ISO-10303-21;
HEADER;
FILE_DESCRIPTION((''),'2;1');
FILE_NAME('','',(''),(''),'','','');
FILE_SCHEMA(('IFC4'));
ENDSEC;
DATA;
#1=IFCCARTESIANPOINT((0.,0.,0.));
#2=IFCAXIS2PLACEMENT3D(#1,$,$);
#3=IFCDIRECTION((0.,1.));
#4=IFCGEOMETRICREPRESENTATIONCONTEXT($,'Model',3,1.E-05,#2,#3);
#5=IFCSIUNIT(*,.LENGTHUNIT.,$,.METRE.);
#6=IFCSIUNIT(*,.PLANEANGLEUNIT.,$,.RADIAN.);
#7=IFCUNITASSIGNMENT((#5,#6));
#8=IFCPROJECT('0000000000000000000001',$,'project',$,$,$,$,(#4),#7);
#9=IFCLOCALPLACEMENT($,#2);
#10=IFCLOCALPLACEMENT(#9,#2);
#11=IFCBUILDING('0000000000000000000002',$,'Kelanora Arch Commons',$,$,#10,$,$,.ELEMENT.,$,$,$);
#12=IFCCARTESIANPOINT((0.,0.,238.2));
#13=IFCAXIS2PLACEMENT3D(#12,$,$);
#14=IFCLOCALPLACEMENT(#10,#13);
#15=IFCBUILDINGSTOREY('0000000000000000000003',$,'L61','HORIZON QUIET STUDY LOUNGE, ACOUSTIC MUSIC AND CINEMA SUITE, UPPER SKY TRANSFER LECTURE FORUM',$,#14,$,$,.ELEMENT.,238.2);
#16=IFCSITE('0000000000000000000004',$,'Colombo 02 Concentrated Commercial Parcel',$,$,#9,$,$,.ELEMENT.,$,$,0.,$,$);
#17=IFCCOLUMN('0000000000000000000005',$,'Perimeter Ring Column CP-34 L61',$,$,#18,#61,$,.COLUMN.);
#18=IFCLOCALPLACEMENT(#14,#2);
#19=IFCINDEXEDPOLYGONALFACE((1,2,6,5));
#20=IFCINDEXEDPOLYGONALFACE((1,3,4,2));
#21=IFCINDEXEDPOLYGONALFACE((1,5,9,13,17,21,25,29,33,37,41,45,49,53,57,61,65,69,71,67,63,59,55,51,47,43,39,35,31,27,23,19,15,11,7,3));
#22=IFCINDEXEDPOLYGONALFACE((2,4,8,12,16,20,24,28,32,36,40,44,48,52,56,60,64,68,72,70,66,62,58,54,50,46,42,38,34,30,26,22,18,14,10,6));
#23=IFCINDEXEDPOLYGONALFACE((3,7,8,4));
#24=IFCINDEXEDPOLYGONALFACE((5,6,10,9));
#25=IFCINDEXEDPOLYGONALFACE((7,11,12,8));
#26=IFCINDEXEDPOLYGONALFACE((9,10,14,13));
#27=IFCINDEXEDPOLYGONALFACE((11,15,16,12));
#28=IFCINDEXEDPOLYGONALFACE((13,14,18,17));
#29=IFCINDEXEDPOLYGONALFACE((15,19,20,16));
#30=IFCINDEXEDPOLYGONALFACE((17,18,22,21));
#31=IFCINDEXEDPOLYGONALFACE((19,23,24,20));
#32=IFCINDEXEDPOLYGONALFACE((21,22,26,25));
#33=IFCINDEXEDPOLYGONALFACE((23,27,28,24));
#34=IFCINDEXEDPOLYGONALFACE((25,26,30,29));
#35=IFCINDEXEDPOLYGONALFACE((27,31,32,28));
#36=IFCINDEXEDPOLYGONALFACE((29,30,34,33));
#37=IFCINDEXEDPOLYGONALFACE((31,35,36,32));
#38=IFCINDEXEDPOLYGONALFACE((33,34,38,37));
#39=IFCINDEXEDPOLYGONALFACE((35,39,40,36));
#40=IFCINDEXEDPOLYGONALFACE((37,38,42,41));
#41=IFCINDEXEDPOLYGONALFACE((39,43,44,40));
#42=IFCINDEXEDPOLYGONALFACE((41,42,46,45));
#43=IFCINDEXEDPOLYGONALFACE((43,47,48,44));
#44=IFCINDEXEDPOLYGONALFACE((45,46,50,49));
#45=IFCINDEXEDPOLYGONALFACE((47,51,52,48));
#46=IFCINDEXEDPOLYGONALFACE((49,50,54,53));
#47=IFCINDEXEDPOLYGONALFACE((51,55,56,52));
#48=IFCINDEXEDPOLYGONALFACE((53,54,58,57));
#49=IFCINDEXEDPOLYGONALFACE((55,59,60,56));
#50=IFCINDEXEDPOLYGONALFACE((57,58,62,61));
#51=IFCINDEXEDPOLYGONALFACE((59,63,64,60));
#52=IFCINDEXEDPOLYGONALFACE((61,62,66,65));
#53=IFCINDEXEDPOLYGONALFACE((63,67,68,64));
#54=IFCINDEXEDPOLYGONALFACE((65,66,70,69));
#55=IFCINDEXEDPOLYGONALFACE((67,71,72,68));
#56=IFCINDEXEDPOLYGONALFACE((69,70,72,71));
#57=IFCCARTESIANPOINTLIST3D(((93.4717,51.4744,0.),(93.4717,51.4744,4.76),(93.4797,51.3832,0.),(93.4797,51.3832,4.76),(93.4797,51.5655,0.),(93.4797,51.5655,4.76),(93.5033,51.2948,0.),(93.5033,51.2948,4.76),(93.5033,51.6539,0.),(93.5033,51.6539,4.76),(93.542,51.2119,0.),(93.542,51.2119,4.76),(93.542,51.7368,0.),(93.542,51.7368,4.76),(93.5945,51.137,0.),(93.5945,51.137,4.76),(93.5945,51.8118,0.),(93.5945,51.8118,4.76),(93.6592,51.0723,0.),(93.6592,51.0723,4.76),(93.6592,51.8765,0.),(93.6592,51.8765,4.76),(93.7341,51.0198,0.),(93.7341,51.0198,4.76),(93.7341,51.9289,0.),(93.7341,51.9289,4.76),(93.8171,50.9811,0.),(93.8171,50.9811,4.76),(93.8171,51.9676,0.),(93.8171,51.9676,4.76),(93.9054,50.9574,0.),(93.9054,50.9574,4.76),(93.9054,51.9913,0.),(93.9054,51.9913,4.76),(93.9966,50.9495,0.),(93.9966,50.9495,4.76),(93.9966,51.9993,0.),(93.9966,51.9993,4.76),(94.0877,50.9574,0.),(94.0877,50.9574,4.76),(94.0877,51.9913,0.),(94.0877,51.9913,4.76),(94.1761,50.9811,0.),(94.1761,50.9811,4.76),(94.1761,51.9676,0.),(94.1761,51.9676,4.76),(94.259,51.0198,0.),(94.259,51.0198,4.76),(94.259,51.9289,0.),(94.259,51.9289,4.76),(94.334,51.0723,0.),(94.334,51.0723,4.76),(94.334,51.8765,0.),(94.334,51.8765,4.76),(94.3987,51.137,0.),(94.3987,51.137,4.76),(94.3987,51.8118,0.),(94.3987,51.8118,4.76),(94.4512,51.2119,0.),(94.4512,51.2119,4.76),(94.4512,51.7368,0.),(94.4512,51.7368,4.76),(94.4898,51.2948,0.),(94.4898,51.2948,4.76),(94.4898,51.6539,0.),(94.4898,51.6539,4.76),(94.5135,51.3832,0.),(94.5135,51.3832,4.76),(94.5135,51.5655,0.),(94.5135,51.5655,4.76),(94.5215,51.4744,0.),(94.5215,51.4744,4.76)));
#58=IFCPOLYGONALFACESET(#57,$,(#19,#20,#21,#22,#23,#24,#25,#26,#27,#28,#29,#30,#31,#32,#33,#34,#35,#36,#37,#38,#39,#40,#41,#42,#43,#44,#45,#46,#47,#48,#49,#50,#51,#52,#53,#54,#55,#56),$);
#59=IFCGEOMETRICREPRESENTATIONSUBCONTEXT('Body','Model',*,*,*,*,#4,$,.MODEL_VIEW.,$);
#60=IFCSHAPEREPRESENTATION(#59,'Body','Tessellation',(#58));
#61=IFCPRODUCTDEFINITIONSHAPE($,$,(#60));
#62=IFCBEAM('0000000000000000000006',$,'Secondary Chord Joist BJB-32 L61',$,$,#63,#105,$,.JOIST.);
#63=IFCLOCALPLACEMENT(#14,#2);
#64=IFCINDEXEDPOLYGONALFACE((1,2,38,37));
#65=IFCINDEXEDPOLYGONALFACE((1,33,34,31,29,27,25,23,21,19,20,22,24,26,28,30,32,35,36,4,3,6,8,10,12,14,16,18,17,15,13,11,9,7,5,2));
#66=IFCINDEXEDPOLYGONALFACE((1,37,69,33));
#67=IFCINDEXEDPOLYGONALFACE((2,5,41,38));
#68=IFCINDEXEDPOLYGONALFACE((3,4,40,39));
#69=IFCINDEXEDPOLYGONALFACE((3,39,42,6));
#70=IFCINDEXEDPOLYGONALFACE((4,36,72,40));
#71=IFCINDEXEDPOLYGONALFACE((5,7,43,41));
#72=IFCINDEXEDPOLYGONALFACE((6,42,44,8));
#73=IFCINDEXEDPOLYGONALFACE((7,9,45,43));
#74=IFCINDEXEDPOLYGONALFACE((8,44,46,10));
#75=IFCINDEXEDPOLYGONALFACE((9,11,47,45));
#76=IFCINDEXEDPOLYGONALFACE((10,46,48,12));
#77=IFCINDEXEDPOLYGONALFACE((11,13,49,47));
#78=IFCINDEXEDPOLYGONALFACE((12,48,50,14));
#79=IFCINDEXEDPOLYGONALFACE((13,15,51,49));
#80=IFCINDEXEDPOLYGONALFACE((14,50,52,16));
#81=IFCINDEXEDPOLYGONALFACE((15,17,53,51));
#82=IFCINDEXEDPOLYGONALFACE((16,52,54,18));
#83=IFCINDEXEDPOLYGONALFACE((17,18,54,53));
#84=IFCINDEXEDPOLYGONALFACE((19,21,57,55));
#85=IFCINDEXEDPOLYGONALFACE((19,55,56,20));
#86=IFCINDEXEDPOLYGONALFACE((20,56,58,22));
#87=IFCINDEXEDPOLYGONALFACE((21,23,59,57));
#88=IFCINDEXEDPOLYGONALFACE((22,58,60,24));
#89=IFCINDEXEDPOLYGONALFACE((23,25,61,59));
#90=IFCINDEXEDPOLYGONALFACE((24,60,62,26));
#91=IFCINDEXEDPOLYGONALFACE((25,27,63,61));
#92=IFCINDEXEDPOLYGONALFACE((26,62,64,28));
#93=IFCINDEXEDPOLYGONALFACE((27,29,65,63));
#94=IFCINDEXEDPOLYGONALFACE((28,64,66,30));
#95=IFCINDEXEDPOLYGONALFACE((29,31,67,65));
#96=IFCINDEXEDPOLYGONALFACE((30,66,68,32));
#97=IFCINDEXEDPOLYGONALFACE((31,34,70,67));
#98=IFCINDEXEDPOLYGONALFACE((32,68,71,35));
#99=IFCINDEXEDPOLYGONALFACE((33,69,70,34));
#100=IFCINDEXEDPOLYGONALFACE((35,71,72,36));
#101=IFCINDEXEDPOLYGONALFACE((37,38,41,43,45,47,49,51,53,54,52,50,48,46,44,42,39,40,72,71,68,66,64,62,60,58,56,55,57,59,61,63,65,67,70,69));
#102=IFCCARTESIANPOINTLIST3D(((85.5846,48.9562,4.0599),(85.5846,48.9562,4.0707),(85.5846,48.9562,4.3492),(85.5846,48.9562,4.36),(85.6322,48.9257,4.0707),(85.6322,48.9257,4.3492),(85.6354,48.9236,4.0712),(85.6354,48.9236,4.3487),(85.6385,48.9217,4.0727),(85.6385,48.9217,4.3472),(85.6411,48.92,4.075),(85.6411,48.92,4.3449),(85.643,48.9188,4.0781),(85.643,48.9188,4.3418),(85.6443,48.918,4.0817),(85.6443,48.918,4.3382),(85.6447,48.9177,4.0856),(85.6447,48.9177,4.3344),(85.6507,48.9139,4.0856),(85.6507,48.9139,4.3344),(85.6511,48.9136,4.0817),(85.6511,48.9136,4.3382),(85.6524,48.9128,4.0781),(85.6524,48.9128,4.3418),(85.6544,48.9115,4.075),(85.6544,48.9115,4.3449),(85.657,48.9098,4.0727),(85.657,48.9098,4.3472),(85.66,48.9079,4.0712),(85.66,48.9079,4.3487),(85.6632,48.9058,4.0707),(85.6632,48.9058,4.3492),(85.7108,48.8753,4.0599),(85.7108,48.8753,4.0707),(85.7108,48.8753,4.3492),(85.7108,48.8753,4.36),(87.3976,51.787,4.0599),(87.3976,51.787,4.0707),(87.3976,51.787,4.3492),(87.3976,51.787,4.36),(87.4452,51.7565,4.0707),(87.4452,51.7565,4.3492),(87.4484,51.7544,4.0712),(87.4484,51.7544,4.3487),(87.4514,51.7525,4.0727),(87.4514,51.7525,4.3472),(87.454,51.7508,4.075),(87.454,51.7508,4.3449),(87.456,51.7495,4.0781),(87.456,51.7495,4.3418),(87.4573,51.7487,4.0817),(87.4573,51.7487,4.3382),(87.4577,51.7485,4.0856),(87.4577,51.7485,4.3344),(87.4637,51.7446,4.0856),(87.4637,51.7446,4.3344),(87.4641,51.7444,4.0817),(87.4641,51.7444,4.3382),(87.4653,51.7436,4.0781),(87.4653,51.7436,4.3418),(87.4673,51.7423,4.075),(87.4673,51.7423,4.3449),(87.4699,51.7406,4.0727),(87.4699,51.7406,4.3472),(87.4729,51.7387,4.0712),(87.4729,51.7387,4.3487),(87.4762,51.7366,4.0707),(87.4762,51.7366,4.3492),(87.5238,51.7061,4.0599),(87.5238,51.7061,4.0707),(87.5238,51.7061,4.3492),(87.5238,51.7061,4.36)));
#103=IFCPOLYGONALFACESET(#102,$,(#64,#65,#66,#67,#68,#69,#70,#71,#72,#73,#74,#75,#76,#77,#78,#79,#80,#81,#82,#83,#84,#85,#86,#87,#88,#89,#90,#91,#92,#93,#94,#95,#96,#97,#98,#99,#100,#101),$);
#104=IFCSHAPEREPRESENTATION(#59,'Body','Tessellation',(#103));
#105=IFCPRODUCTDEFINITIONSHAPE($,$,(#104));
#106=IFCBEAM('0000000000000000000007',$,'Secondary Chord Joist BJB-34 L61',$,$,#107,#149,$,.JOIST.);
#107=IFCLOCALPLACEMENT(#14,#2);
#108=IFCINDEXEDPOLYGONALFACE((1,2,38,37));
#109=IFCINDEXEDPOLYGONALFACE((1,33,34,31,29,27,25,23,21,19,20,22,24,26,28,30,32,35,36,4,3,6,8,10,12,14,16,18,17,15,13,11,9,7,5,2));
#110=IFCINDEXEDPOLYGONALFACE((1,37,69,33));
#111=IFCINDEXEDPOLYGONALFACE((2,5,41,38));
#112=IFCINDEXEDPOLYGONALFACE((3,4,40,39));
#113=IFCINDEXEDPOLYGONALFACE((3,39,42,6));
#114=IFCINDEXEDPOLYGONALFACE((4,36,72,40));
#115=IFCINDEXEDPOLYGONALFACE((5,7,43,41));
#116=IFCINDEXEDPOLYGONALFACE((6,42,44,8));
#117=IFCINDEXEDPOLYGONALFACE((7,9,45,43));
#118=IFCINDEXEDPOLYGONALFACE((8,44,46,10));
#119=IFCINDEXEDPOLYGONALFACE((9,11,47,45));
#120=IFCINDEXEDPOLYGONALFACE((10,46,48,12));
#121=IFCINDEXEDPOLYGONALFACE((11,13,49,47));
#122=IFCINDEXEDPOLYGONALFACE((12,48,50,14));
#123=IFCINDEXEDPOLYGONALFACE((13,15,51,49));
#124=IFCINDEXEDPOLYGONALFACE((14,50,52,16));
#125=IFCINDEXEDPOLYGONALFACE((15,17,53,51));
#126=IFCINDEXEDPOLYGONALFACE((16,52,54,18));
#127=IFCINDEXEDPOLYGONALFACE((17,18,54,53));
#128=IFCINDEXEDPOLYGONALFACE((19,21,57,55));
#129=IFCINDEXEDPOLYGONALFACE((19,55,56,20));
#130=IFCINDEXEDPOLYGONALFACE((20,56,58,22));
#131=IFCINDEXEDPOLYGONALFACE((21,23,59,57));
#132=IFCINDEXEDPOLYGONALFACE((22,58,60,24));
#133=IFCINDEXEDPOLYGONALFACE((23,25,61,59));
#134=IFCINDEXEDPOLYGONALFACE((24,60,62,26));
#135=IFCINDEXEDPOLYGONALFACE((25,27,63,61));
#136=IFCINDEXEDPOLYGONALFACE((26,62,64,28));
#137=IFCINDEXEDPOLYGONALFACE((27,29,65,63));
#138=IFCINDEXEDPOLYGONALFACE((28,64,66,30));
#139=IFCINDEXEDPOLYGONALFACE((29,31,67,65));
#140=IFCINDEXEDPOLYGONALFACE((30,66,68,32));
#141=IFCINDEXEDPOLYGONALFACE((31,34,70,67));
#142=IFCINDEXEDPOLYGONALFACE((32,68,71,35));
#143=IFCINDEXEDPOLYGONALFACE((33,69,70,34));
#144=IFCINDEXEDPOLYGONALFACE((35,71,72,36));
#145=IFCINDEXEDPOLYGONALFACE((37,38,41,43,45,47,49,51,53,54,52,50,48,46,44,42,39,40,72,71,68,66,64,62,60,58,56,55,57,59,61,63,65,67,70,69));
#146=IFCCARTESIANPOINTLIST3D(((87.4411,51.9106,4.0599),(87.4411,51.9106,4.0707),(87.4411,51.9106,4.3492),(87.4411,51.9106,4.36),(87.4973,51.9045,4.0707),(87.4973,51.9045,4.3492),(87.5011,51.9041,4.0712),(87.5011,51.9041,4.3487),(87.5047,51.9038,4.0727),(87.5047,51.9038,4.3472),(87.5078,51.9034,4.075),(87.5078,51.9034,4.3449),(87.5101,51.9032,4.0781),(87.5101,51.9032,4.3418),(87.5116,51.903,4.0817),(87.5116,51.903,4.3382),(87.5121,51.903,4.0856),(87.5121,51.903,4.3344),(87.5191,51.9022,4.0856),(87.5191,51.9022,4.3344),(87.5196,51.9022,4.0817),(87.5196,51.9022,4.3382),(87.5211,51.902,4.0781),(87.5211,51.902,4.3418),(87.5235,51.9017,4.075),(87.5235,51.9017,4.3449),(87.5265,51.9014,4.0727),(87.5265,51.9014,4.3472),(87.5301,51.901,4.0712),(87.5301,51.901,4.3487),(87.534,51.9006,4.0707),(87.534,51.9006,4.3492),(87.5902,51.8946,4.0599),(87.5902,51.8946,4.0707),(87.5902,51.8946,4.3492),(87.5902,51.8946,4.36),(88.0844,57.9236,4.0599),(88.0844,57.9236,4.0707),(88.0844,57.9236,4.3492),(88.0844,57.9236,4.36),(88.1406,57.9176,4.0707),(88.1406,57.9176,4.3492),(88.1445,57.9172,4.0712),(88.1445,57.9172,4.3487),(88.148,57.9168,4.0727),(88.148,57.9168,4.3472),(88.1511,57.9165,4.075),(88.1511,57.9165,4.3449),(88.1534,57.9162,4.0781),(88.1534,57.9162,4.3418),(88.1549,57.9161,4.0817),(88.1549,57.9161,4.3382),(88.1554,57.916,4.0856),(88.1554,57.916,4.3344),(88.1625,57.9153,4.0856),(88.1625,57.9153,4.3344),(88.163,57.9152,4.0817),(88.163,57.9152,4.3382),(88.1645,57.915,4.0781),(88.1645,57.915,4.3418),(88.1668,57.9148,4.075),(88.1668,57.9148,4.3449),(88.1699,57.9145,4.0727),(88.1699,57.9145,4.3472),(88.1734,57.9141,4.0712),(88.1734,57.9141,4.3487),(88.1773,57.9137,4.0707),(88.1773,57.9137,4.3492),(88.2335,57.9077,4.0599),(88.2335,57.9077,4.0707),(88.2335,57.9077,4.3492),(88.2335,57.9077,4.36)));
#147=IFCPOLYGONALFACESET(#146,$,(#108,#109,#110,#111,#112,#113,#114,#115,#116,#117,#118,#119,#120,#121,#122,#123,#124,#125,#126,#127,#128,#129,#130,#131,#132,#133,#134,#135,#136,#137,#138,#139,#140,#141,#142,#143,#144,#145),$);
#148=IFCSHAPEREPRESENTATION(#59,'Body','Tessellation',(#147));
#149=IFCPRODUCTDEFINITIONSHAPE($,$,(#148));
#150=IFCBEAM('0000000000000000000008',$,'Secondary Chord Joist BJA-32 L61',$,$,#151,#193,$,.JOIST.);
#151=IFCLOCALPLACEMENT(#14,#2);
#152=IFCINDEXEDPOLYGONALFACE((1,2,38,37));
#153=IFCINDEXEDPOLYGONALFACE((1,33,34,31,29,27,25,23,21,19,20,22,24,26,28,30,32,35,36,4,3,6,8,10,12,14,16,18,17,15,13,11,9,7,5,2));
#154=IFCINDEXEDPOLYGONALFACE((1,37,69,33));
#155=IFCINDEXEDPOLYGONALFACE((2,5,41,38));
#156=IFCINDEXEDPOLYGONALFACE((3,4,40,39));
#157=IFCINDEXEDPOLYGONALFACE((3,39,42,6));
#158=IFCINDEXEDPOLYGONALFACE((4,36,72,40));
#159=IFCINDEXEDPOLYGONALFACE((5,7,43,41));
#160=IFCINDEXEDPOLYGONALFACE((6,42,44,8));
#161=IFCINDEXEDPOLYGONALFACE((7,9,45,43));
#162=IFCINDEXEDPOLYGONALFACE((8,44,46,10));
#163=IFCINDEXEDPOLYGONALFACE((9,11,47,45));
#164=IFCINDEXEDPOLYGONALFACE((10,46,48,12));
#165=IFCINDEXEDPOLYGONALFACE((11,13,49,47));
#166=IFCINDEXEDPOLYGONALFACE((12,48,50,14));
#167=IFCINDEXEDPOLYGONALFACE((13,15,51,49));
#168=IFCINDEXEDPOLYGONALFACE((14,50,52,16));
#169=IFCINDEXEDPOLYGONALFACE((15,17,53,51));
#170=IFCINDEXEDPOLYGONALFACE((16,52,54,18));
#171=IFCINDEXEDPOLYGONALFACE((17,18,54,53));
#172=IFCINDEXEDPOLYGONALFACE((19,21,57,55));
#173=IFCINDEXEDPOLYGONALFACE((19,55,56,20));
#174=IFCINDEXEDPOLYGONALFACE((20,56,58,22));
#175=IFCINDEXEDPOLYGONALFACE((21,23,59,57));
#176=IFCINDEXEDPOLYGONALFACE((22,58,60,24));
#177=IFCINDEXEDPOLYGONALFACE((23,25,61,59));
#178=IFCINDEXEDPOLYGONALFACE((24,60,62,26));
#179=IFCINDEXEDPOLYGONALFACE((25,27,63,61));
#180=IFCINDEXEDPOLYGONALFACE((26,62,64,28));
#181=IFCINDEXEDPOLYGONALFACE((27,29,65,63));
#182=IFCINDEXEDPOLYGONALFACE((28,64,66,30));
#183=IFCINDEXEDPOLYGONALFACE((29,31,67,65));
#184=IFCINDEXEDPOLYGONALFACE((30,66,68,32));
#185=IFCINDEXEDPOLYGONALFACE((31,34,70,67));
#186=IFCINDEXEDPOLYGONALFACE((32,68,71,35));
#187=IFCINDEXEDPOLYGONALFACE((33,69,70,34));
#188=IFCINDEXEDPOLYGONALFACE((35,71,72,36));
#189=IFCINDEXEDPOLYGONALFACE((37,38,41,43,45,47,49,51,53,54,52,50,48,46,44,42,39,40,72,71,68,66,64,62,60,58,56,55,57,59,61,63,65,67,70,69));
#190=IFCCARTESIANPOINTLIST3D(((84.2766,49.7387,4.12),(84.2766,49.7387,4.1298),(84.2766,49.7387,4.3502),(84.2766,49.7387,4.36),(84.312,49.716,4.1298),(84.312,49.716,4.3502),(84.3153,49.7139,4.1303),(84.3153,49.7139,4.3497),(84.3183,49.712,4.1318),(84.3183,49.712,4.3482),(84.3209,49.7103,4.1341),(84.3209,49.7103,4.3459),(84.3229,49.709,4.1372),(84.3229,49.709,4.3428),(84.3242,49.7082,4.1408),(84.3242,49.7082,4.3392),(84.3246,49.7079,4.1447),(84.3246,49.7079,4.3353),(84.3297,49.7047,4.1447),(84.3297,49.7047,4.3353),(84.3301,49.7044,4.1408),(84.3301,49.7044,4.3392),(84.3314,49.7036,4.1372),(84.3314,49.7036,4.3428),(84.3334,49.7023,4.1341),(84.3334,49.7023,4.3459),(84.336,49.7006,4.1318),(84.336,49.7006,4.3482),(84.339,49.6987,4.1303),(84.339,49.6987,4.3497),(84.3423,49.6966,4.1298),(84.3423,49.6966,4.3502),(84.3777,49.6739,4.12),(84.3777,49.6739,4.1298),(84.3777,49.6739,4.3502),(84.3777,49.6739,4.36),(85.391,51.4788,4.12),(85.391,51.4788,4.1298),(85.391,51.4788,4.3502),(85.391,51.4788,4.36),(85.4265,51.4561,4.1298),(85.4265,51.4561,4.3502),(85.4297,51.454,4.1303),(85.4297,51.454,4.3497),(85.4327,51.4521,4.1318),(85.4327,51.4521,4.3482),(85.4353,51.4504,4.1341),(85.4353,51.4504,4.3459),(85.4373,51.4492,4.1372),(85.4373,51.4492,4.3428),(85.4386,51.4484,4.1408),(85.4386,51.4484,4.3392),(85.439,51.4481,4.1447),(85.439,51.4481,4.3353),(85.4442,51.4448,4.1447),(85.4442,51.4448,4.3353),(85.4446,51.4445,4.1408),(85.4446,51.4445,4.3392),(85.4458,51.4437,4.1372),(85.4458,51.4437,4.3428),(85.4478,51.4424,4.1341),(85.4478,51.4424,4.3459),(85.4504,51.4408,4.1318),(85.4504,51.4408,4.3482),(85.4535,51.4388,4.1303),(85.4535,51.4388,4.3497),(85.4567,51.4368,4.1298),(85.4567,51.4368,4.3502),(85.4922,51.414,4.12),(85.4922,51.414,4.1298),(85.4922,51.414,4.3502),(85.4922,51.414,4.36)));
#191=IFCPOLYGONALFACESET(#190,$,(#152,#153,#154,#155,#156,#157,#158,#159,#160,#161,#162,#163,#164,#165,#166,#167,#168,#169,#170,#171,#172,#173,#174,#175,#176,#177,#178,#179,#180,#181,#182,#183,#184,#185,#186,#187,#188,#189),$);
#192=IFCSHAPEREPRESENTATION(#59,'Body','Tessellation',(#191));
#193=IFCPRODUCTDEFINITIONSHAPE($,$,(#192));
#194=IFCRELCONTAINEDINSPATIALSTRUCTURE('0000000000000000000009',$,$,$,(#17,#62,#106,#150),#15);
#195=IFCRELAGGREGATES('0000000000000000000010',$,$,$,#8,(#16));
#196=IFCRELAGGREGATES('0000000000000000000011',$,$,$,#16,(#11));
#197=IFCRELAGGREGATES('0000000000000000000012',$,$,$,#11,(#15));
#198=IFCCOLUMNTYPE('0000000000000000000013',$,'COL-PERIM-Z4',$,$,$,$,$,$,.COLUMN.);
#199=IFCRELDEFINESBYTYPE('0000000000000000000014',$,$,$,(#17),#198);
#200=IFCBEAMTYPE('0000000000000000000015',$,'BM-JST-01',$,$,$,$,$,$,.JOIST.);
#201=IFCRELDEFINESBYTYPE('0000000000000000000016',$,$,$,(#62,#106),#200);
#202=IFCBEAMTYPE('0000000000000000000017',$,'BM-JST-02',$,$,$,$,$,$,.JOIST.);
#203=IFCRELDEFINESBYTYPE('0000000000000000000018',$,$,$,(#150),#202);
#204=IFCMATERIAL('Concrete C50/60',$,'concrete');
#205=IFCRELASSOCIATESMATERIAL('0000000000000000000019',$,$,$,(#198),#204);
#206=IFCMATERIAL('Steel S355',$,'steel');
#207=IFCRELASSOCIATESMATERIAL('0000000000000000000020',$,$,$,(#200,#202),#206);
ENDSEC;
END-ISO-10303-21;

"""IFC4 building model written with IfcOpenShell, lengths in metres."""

from ifc_helpers import new_model, si_unit, direction, frame, origin, origin_2d, place, context, subcontext, project, spatial, circle, i_section, extrude, material, material_profile, profile_set, type_object, element, save


model = new_model("IFC4")

# Units and contexts
model_context = context("Model", 3, precision=1e-05, world=origin(), true_north=direction((0.0, 1.0)))
body_context = subcontext(model_context, "Body", "Model", "MODEL_VIEW")
ifc_project = project(units=[si_unit("LENGTHUNIT", "METRE"), si_unit("PLANEANGLEUNIT", "RADIAN")], contexts=[model_context])

# Site, building, storey
site_placement = place(None, origin())
site = spatial("IfcSite", under=ifc_project, at=site_placement, Name="Colombo 02 Concentrated Commercial Parcel", CompositionType="ELEMENT", RefElevation=0.0)
building_placement = place(site_placement, origin())
building = spatial("IfcBuilding", under=site, at=building_placement, Name="Kelanora Arch Commons", CompositionType="ELEMENT")
storey_placement = place(building_placement, frame((0.0, 0.0, 238.2)))
storey = spatial("IfcBuildingStorey", under=building, at=storey_placement, Name="L61", Description="HORIZON QUIET STUDY LOUNGE, ACOUSTIC MUSIC AND CINEMA SUITE, UPPER SKY TRANSFER LECTURE FORUM", CompositionType="ELEMENT", Elevation=238.2)

# Column
ifc_material_1 = material(Name="Concrete C50/60", Category="concrete")
ifc_material_profile_1 = material_profile(ifc_material_1, circle(Radius=0.5249, at=origin_2d()), Name="RCC1050")
ifc_profile_set_1 = profile_set([ifc_material_profile_1], Name="Concrete C50/60")
column_type = type_object("IfcColumnType", Name="COL-PERIM-Z4", PredefinedType="COLUMN", material=ifc_profile_set_1)
column_placement = place(storey_placement, frame((93.9966, 51.4744, 0.0), z_axis=(0.0, 0.0, 1.0), x_axis=(1.0, 0.0, 0.0)))
element("IfcColumn", 1, at=column_placement, inside=storey, type_object=column_type, Name="Perimeter Ring Column CP-34 L61", PredefinedType="COLUMN", context=body_context, shape_type="SweptSolid", body=[
    extrude(circle(Radius=0.5249, at=origin_2d()), origin(), (0.0, 0.0, 1.0), 4.76),
])

# Beams
ifc_material_2 = material(Name="Steel S355", Category="steel")
ifc_material_profile_2 = material_profile(ifc_material_2, i_section(OverallWidth=0.1499, OverallDepth=0.3, WebThickness=0.0071, FlangeThickness=0.0107, FilletRadius=0.0149, at=origin_2d()), Name="IPE300")
ifc_profile_set_2 = profile_set([ifc_material_profile_2], Name="Steel S355")
beam_type_1 = type_object("IfcBeamType", Name="BM-JST-01", PredefinedType="JOIST", material=ifc_profile_set_2)
beam_1_placement = place(storey_placement, frame((85.6477, 48.9158, 4.21), z_axis=(0.539322, 0.8421, 0.0), x_axis=(-0.8421, 0.539322, 0.0)))
element("IfcBeam", 2, at=beam_1_placement, inside=storey, type_object=beam_type_1, Name="Secondary Chord Joist BJB-32 L61", PredefinedType="JOIST", context=body_context, shape_type="SweptSolid", body=[
    extrude(i_section(OverallWidth=0.1499, OverallDepth=0.3, WebThickness=0.0071, FlangeThickness=0.0107, FilletRadius=0.0149, at=origin_2d()), origin(), (0.0, 0.0, 1.0), 3.3616),
])
beam_2_placement = place(storey_placement, frame((87.5156, 51.9026, 4.21), z_axis=(0.106381, 0.994325, 0.0), x_axis=(-0.994325, 0.106381, 0.0)))
element("IfcBeam", 3, at=beam_2_placement, inside=storey, type_object=beam_type_1, Name="Secondary Chord Joist BJB-34 L61", PredefinedType="JOIST", context=body_context, shape_type="SweptSolid", body=[
    extrude(i_section(OverallWidth=0.1499, OverallDepth=0.3, WebThickness=0.0071, FlangeThickness=0.0107, FilletRadius=0.0149, at=origin_2d()), origin(), (0.0, 0.0, 1.0), 6.0474),
])
ifc_material_profile_3 = material_profile(ifc_material_2, i_section(OverallWidth=0.1201, OverallDepth=0.24, WebThickness=0.0061, FlangeThickness=0.0098, FilletRadius=0.0149, at=origin_2d()), Name="IPE240")
ifc_profile_set_3 = profile_set([ifc_material_profile_3], Name="Steel S355")
beam_type_2 = type_object("IfcBeamType", Name="BM-JST-02", PredefinedType="JOIST", material=ifc_profile_set_3)
beam_3_placement = place(storey_placement, frame((84.3271, 49.7063, 4.24), z_axis=(0.539312, 0.842106, 0.0), x_axis=(-0.842106, 0.539312, 0.0)))
element("IfcBeam", 4, at=beam_3_placement, inside=storey, type_object=beam_type_2, Name="Secondary Chord Joist BJA-32 L61", PredefinedType="JOIST", context=body_context, shape_type="SweptSolid", body=[
    extrude(i_section(OverallWidth=0.1201, OverallDepth=0.24, WebThickness=0.0061, FlangeThickness=0.0098, FilletRadius=0.0149, at=origin_2d()), origin(), (0.0, 0.0, 1.0), 2.0664),
])

save(model, "model.ifc")
